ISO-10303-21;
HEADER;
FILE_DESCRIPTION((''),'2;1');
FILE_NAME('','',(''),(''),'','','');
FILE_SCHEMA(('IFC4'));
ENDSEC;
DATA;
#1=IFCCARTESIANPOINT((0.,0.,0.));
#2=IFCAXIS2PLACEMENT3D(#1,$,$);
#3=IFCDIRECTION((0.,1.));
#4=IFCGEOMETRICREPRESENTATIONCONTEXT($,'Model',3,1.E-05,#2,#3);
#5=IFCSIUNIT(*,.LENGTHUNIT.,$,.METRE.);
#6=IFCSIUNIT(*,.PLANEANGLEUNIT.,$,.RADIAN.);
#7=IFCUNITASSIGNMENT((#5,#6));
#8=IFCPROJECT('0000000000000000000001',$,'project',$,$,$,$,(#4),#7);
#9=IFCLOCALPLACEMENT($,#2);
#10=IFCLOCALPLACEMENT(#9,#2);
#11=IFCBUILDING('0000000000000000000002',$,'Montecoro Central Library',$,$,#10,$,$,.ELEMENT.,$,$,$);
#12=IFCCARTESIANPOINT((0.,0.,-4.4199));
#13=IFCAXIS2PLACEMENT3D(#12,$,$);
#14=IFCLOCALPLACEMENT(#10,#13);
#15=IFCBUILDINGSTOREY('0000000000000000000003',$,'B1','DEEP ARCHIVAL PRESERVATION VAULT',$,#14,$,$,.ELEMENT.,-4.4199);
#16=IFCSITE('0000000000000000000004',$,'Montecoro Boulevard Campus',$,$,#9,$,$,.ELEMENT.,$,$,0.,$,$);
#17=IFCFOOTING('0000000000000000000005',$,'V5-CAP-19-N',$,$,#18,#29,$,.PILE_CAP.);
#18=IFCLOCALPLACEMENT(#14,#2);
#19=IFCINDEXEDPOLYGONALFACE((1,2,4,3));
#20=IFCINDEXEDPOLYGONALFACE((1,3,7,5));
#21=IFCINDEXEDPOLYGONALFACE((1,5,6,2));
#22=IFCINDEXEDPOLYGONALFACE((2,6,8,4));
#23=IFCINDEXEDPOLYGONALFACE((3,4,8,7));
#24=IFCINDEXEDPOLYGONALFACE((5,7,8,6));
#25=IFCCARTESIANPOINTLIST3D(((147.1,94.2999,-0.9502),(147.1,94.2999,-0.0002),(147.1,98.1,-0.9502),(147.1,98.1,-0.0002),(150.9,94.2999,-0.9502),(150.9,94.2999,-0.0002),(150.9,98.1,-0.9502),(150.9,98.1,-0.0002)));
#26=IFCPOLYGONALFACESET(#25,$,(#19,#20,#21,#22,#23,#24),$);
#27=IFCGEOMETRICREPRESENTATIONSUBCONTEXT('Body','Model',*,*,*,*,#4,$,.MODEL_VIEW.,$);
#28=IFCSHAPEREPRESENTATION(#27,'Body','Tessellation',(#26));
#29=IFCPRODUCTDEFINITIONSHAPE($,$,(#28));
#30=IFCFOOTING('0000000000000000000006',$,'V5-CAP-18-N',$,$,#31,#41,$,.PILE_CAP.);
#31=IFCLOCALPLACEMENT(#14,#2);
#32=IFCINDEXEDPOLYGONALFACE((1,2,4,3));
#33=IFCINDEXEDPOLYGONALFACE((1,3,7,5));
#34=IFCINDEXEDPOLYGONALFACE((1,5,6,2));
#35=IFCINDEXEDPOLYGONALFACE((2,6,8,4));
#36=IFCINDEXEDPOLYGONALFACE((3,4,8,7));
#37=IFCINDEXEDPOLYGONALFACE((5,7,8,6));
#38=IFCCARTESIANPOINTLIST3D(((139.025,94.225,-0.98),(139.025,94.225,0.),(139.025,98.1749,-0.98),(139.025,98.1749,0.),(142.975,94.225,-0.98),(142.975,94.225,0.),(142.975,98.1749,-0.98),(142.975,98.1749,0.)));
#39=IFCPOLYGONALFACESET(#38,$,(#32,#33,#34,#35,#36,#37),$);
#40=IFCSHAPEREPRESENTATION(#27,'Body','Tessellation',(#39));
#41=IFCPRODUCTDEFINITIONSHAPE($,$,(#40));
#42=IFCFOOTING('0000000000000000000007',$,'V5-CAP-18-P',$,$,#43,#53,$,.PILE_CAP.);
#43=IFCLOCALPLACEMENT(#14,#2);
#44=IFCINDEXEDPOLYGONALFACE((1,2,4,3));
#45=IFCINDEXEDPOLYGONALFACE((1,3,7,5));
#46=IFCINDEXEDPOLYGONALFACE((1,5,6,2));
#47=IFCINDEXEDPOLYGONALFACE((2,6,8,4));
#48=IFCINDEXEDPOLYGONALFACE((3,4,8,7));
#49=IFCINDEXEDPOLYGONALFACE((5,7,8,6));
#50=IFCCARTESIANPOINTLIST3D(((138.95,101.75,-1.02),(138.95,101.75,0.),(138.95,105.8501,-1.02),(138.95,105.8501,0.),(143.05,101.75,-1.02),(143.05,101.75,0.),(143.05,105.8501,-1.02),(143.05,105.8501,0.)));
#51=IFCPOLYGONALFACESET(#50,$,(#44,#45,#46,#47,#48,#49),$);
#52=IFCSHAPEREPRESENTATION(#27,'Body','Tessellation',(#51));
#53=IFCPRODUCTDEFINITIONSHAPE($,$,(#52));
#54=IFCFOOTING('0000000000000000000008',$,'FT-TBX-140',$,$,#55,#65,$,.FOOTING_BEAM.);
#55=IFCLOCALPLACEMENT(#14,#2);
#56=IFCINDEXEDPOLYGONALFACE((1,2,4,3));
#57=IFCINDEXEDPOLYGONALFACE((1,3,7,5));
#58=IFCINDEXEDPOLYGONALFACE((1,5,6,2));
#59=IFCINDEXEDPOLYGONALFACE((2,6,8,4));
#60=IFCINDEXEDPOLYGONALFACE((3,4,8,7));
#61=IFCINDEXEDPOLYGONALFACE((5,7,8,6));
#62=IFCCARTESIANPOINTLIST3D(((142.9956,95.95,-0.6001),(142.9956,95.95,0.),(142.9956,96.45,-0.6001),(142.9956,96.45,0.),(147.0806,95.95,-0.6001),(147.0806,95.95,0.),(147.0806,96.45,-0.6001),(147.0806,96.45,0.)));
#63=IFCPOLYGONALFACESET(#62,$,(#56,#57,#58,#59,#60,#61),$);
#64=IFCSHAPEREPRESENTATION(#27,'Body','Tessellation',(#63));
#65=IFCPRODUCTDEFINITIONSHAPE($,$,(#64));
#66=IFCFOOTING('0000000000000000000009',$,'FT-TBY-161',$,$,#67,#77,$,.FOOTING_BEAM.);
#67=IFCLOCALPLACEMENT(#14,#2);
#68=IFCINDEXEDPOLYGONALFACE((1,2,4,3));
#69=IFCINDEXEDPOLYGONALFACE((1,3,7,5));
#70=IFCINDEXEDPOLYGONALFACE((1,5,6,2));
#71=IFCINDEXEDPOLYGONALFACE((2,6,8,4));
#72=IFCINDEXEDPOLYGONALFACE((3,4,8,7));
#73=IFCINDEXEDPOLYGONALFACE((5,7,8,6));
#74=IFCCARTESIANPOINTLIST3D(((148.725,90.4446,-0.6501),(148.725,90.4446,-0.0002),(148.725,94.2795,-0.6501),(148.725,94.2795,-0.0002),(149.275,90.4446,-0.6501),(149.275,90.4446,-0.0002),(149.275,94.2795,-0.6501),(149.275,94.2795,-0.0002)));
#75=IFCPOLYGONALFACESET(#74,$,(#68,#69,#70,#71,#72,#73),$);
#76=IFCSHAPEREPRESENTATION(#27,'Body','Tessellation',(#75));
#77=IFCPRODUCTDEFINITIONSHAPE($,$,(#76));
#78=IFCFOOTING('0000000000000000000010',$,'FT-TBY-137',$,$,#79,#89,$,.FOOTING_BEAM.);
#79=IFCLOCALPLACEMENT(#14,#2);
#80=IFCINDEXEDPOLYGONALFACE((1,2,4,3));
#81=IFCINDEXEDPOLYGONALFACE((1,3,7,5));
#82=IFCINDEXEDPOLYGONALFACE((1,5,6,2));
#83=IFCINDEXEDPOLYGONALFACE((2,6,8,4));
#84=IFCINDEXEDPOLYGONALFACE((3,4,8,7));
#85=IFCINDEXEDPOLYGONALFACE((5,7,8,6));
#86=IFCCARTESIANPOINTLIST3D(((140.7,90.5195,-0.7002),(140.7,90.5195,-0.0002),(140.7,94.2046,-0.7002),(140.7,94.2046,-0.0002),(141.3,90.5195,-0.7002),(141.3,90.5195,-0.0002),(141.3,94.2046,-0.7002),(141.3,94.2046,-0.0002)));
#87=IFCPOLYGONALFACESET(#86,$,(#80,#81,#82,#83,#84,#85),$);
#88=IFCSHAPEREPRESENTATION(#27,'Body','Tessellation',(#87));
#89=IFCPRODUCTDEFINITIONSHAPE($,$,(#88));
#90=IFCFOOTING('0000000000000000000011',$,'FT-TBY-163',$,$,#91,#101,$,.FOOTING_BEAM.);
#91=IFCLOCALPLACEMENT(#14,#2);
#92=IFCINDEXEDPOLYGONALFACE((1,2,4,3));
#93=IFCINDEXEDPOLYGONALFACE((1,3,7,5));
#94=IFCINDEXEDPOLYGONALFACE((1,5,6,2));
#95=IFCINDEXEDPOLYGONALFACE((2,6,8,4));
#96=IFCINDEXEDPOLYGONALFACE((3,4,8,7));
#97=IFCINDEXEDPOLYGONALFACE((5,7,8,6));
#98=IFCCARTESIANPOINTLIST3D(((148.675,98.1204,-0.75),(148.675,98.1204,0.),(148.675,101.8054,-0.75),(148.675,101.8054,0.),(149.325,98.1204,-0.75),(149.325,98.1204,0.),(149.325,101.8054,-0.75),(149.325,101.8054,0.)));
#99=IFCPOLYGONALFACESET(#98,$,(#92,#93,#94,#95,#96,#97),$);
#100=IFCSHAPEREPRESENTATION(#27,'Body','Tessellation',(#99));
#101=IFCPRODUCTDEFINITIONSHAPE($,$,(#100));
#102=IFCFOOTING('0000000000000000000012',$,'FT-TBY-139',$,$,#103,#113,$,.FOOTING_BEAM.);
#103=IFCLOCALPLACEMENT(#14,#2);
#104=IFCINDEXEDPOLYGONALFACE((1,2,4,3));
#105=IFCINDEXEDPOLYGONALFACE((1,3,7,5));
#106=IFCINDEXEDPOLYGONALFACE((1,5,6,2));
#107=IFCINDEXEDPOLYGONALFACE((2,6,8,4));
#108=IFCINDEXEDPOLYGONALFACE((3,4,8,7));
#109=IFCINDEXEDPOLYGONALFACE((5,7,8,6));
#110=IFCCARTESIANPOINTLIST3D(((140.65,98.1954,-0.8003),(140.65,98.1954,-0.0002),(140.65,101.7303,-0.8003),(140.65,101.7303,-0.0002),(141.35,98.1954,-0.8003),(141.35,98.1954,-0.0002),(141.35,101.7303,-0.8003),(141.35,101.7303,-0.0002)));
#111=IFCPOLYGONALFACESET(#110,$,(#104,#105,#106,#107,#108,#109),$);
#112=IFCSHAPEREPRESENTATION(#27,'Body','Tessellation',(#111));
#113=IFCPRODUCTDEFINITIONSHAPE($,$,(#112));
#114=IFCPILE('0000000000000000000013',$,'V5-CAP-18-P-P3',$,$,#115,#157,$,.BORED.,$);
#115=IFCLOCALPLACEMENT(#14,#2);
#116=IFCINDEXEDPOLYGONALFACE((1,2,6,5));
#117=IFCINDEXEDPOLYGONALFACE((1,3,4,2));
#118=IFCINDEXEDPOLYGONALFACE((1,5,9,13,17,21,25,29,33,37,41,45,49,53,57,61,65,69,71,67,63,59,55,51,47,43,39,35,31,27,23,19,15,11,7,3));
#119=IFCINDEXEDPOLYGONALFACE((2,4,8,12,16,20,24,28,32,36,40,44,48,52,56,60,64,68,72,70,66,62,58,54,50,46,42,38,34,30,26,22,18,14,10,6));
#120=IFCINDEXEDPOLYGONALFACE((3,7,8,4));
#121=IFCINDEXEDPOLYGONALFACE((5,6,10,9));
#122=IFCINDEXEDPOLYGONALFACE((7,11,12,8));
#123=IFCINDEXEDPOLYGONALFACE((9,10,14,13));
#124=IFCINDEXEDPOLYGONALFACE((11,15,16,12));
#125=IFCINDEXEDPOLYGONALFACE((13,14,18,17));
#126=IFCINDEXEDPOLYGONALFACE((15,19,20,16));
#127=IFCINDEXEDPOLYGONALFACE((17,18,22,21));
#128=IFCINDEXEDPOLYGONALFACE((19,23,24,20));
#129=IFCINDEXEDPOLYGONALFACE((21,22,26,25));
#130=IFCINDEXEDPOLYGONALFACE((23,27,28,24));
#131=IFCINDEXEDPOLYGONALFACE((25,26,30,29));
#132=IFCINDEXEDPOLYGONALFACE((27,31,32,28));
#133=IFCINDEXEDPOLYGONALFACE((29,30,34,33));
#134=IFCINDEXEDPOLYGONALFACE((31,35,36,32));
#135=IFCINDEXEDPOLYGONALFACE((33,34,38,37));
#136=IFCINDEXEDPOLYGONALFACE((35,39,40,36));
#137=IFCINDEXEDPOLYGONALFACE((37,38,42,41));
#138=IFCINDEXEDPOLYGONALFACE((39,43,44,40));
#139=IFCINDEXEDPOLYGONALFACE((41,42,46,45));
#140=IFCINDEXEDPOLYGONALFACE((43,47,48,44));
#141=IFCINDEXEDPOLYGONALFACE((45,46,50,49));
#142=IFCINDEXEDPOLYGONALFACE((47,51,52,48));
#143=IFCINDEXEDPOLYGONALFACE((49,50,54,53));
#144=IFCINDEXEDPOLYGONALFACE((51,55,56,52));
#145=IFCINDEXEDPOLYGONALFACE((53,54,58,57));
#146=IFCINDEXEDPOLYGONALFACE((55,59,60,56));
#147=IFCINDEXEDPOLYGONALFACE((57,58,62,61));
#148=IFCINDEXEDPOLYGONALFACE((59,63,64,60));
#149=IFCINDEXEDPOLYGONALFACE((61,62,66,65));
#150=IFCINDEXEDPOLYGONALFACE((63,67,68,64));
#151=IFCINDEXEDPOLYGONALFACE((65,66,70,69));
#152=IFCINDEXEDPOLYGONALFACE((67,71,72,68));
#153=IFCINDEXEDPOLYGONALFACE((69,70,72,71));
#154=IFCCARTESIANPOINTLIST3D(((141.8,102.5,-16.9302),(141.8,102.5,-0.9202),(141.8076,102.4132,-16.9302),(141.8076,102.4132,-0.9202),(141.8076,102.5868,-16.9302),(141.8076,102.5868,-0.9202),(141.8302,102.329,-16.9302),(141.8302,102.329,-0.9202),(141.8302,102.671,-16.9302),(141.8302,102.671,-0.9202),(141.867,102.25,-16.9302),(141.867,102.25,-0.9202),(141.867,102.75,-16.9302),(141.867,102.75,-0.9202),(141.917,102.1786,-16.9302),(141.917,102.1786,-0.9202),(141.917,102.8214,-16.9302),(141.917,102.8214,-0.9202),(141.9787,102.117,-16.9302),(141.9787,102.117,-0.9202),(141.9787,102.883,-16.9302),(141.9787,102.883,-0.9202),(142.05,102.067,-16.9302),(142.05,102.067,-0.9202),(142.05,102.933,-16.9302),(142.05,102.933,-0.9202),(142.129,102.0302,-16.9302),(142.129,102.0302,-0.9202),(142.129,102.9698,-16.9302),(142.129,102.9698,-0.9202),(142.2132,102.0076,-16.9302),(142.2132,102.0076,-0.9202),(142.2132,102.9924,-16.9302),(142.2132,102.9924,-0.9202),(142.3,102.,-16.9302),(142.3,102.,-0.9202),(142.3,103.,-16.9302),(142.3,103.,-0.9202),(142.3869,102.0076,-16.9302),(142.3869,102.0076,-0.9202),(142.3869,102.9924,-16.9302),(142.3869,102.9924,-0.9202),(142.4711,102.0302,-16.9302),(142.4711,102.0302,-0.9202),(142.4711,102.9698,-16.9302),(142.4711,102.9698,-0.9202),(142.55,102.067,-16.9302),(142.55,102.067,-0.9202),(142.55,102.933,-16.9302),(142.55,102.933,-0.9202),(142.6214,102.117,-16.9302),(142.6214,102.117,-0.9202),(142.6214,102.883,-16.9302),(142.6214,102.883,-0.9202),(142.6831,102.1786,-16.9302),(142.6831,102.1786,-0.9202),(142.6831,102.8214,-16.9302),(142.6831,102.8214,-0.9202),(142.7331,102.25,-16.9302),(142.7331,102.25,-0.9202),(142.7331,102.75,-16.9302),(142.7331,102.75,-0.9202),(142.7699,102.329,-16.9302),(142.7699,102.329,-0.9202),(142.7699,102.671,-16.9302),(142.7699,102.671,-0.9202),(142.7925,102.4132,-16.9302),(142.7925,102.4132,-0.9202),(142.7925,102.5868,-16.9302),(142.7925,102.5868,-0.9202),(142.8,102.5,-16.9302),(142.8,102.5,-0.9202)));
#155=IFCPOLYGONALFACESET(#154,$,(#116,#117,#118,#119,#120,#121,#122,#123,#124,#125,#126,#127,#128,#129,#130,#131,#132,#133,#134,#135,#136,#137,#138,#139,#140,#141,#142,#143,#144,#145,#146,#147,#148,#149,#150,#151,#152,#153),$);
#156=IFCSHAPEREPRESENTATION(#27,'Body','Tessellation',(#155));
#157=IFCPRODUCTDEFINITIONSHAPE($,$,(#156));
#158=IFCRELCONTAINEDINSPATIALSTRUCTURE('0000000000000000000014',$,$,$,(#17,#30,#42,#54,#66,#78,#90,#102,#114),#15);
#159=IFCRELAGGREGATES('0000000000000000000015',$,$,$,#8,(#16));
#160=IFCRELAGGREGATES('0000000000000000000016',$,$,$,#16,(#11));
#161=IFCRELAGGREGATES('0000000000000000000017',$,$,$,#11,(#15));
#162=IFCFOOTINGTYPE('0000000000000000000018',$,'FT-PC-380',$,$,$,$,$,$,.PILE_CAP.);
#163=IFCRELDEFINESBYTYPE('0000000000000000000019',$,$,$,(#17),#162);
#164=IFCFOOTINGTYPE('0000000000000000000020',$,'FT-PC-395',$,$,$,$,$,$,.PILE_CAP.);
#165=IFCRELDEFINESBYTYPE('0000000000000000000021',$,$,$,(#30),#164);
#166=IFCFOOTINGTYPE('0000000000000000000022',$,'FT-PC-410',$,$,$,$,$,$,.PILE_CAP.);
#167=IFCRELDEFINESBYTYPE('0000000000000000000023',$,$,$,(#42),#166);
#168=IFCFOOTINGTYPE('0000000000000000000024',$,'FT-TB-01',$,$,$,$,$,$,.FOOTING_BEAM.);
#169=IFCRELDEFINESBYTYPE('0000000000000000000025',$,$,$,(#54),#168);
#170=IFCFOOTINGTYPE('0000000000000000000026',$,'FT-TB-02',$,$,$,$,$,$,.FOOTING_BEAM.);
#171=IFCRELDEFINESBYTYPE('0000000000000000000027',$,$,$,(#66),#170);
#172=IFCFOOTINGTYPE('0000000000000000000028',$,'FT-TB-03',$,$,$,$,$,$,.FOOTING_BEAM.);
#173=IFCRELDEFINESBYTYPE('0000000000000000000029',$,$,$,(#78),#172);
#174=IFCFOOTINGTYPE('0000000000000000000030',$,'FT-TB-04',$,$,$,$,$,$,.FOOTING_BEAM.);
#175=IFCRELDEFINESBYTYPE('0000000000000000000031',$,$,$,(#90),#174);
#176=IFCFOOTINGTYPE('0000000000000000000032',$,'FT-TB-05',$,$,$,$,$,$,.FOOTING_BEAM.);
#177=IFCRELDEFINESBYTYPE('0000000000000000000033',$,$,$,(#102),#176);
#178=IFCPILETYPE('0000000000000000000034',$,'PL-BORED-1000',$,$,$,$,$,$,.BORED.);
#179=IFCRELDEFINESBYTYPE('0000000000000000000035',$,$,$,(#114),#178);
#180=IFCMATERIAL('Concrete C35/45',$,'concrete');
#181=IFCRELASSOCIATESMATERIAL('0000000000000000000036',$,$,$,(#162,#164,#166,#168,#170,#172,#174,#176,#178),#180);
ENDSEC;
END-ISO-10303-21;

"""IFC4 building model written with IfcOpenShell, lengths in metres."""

from ifc_helpers import new_model, si_unit, direction, frame, origin, origin_2d, place, context, subcontext, project, spatial, rectangle, circle, extrude, material, material_profile, profile_set, type_object, element, save


model = new_model("IFC4")

# Units and contexts
model_context = context("Model", 3, precision=1e-05, world=origin(), true_north=direction((0.0, 1.0)))
body_context = subcontext(model_context, "Body", "Model", "MODEL_VIEW")
ifc_project = project(units=[si_unit("LENGTHUNIT", "METRE"), si_unit("PLANEANGLEUNIT", "RADIAN")], contexts=[model_context])

# Site, building, storey
site_placement = place(None, origin())
site = spatial("IfcSite", under=ifc_project, at=site_placement, Name="Montecoro Boulevard Campus", CompositionType="ELEMENT", RefElevation=0.0)
building_placement = place(site_placement, origin())
building = spatial("IfcBuilding", under=site, at=building_placement, Name="Montecoro Central Library", CompositionType="ELEMENT")
storey_placement = place(building_placement, frame((0.0, 0.0, -4.4199)))
storey = spatial("IfcBuildingStorey", under=building, at=storey_placement, Name="B1", Description="DEEP ARCHIVAL PRESERVATION VAULT", CompositionType="ELEMENT", Elevation=-4.4199)

# Footings
ifc_material_1 = material(Name="Concrete C35/45", Category="concrete")
footing_type_1 = type_object("IfcFootingType", Name="FT-PC-380", PredefinedType="PILE_CAP", material=ifc_material_1)
footing_1_placement = place(storey_placement, frame((149.0, 96.2, -0.9502), z_axis=(0.0, 0.0, 1.0), x_axis=(1.0, 0.0, 0.0)))
element("IfcFooting", 1, at=footing_1_placement, inside=storey, type_object=footing_type_1, Name="V5-CAP-19-N", PredefinedType="PILE_CAP", context=body_context, shape_type="SweptSolid", body=[
    extrude(rectangle(XDim=3.8, YDim=3.8, at=origin_2d()), origin(), (0.0, 0.0, 1.0), 0.95),
])
footing_type_2 = type_object("IfcFootingType", Name="FT-PC-395", PredefinedType="PILE_CAP", material=ifc_material_1)
footing_2_placement = place(storey_placement, frame((141.0, 96.2, -0.98), z_axis=(0.0, 0.0, 1.0), x_axis=(1.0, 0.0, 0.0)))
element("IfcFooting", 2, at=footing_2_placement, inside=storey, type_object=footing_type_2, Name="V5-CAP-18-N", PredefinedType="PILE_CAP", context=body_context, shape_type="SweptSolid", body=[
    extrude(rectangle(XDim=3.95, YDim=3.95, at=origin_2d()), origin(), (0.0, 0.0, 1.0), 0.98),
])
footing_type_3 = type_object("IfcFootingType", Name="FT-PC-410", PredefinedType="PILE_CAP", material=ifc_material_1)
footing_3_placement = place(storey_placement, frame((141.0, 103.8, -1.02), z_axis=(0.0, 0.0, 1.0), x_axis=(1.0, 0.0, 0.0)))
element("IfcFooting", 3, at=footing_3_placement, inside=storey, type_object=footing_type_3, Name="V5-CAP-18-P", PredefinedType="PILE_CAP", context=body_context, shape_type="SweptSolid", body=[
    extrude(rectangle(XDim=4.1001, YDim=4.1001, at=origin_2d()), origin(), (0.0, 0.0, 1.0), 1.02),
])
footing_type_4 = type_object("IfcFootingType", Name="FT-TB-01", PredefinedType="FOOTING_BEAM", material=ifc_material_1)
footing_4_placement = place(storey_placement, frame((145.0381, 96.2, -0.6001), z_axis=(0.0, 0.0, 1.0), x_axis=(1.0, 0.0, 0.0)))
element("IfcFooting", 4, at=footing_4_placement, inside=storey, type_object=footing_type_4, Name="FT-TBX-140", PredefinedType="FOOTING_BEAM", context=body_context, shape_type="SweptSolid", body=[
    extrude(rectangle(XDim=4.085, YDim=0.5, at=origin_2d()), origin(), (0.0, 0.0, 1.0), 0.6001),
])
footing_type_5 = type_object("IfcFootingType", Name="FT-TB-02", PredefinedType="FOOTING_BEAM", material=ifc_material_1)
footing_5_placement = place(storey_placement, frame((149.0, 92.3621, -0.6501), z_axis=(0.0, 0.0, 1.0), x_axis=(1.0, 0.0, 0.0)))
element("IfcFooting", 5, at=footing_5_placement, inside=storey, type_object=footing_type_5, Name="FT-TBY-161", PredefinedType="FOOTING_BEAM", context=body_context, shape_type="SweptSolid", body=[
    extrude(rectangle(XDim=0.55, YDim=3.835, at=origin_2d()), origin(), (0.0, 0.0, 1.0), 0.6499),
])
footing_type_6 = type_object("IfcFootingType", Name="FT-TB-03", PredefinedType="FOOTING_BEAM", material=ifc_material_1)
footing_6_placement = place(storey_placement, frame((141.0, 92.3621, -0.7002), z_axis=(0.0, 0.0, 1.0), x_axis=(1.0, 0.0, 0.0)))
element("IfcFooting", 6, at=footing_6_placement, inside=storey, type_object=footing_type_6, Name="FT-TBY-137", PredefinedType="FOOTING_BEAM", context=body_context, shape_type="SweptSolid", body=[
    extrude(rectangle(XDim=0.6001, YDim=3.6851, at=origin_2d()), origin(), (0.0, 0.0, 1.0), 0.7),
])
footing_type_7 = type_object("IfcFootingType", Name="FT-TB-04", PredefinedType="FOOTING_BEAM", material=ifc_material_1)
footing_7_placement = place(storey_placement, frame((149.0, 99.9629, -0.75), z_axis=(0.0, 0.0, 1.0), x_axis=(1.0, 0.0, 0.0)))
element("IfcFooting", 7, at=footing_7_placement, inside=storey, type_object=footing_type_7, Name="FT-TBY-163", PredefinedType="FOOTING_BEAM", context=body_context, shape_type="SweptSolid", body=[
    extrude(rectangle(XDim=0.6499, YDim=3.6851, at=origin_2d()), origin(), (0.0, 0.0, 1.0), 0.75),
])
footing_type_8 = type_object("IfcFootingType", Name="FT-TB-05", PredefinedType="FOOTING_BEAM", material=ifc_material_1)
footing_8_placement = place(storey_placement, frame((141.0, 99.9629, -0.8003), z_axis=(0.0, 0.0, 1.0), x_axis=(1.0, 0.0, 0.0)))
element("IfcFooting", 8, at=footing_8_placement, inside=storey, type_object=footing_type_8, Name="FT-TBY-139", PredefinedType="FOOTING_BEAM", context=body_context, shape_type="SweptSolid", body=[
    extrude(rectangle(XDim=0.7, YDim=3.5349, at=origin_2d()), origin(), (0.0, 0.0, 1.0), 0.8),
])

# Pile
ifc_material_profile_1 = material_profile(ifc_material_1, circle(Radius=0.5, at=origin_2d()), Name="PILE D1000")
ifc_profile_set_1 = profile_set([ifc_material_profile_1], Name="Concrete C35/45")
pile_type_1 = type_object("IfcPileType", Name="PL-BORED-1000", PredefinedType="BORED", material=ifc_profile_set_1)
pile_1_placement = place(storey_placement, frame((142.3, 102.5, -0.9202), z_axis=(0.0, 0.0, -1.0), x_axis=(1.0, 0.0, 0.0)))
element("IfcPile", 9, at=pile_1_placement, inside=storey, type_object=pile_type_1, Name="V5-CAP-18-P-P3", PredefinedType="BORED", context=body_context, shape_type="SweptSolid", body=[
    extrude(circle(Radius=0.5, at=origin_2d()), origin(), (0.0, 0.0, 1.0), 16.01),
])

save(model, "model.ifc")
